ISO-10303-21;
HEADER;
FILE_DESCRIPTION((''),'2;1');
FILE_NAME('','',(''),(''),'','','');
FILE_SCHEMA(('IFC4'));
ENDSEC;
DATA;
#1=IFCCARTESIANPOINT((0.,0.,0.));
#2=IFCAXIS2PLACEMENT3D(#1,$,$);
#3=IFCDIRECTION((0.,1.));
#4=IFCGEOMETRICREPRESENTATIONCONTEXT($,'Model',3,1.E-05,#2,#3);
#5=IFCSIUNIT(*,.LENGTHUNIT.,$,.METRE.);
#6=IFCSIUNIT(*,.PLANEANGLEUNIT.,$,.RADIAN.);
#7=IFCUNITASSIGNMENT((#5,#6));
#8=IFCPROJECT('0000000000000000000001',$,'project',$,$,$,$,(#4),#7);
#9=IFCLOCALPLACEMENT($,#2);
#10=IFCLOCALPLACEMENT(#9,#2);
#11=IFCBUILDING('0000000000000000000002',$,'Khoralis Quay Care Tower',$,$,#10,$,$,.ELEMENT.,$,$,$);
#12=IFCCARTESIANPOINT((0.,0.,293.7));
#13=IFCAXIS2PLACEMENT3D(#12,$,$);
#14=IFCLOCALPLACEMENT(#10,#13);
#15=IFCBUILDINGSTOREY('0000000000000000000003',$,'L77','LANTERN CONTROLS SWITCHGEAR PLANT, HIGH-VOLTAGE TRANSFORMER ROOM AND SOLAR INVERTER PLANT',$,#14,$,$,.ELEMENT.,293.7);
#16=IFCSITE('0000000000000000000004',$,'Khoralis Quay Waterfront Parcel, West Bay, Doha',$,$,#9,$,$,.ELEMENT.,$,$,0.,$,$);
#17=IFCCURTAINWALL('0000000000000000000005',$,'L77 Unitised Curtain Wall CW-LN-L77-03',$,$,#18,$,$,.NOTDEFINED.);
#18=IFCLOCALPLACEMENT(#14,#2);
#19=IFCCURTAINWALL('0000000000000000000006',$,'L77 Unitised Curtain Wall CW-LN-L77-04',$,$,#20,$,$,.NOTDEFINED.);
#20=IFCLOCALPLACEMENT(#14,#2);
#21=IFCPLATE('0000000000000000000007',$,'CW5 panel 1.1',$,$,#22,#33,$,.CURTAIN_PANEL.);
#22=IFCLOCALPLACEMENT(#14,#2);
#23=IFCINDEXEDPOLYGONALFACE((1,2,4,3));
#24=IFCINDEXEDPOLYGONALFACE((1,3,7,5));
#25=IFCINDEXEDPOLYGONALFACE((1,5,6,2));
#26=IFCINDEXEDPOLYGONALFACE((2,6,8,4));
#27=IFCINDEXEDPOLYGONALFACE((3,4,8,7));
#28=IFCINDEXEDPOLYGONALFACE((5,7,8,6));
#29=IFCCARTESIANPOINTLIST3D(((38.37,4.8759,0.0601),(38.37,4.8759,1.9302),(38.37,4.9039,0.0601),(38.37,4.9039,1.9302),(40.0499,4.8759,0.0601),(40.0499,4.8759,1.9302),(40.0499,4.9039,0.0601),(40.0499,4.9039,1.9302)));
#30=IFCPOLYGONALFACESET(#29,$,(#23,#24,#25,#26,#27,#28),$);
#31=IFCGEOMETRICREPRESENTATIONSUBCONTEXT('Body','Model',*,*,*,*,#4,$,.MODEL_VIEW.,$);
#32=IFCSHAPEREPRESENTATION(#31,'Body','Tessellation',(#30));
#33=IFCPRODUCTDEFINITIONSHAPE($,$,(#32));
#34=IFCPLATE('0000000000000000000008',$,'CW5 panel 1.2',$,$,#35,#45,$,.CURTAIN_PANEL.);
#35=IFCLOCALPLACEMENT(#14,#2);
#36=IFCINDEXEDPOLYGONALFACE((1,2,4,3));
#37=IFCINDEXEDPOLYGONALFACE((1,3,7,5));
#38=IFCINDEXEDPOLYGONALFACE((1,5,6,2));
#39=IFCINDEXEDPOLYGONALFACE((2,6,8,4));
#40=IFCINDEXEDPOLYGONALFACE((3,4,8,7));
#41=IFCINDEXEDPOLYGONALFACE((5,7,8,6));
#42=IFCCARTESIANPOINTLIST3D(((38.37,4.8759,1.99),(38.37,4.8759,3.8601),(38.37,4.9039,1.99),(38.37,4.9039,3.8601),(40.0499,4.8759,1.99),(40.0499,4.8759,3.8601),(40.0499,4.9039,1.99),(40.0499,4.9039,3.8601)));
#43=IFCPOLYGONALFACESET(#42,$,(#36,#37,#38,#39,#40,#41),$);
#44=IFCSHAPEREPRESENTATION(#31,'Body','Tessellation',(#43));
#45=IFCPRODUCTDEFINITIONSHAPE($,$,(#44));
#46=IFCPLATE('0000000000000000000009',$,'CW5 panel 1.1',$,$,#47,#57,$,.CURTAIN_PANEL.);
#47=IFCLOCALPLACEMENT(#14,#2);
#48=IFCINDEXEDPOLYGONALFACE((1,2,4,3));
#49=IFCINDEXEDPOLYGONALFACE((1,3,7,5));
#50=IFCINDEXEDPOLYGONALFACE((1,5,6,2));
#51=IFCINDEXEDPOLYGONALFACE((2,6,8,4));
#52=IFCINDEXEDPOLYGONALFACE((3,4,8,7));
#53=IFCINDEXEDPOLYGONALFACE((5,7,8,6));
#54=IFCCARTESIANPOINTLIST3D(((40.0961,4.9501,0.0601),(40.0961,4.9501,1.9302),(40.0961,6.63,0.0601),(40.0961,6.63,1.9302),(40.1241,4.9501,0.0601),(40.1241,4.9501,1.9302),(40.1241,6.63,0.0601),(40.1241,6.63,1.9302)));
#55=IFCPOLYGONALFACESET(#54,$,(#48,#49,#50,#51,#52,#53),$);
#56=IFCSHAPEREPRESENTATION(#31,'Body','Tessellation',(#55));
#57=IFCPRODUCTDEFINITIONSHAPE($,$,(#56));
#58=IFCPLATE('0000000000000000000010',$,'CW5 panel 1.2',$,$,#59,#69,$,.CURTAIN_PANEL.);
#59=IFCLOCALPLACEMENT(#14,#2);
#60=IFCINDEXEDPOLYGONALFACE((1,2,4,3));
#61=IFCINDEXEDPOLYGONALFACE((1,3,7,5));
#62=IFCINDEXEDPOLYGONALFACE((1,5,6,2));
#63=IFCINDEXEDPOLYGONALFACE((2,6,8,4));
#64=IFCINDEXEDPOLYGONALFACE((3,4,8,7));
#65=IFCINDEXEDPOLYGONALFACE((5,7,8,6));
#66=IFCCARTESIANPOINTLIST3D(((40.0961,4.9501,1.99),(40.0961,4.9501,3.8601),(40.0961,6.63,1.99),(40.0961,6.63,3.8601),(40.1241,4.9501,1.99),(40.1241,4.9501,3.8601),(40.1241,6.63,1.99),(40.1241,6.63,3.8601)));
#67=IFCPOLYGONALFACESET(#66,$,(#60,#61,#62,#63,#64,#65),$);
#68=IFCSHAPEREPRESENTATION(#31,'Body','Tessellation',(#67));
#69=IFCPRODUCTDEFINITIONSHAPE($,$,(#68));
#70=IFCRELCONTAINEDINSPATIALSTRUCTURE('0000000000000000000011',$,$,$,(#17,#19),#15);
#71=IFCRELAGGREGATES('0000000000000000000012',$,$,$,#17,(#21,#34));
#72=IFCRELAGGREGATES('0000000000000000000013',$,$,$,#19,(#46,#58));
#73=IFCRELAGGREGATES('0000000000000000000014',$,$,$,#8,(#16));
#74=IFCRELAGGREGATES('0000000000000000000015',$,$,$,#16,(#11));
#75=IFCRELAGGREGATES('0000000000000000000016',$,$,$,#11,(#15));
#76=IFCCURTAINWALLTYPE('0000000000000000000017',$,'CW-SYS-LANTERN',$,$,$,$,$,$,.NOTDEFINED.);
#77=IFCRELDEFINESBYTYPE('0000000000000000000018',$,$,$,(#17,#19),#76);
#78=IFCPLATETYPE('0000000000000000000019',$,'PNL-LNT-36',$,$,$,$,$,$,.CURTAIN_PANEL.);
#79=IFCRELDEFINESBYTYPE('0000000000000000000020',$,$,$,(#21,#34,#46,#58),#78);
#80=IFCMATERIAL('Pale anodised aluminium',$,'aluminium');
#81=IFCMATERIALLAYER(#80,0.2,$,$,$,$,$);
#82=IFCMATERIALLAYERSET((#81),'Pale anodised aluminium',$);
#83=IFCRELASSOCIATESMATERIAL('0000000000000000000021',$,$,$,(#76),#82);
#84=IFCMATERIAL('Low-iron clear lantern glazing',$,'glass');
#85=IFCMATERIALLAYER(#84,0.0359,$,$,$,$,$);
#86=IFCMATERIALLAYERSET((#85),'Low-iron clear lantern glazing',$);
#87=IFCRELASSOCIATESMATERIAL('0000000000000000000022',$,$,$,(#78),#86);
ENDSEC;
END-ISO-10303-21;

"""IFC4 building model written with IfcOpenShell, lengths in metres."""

from ifc_helpers import new_model, si_unit, direction, frame, origin, origin_2d, place, context, subcontext, project, spatial, rectangle, extrude, source, transform, mapped, material, layer, layer_set, type_object, element, aggregate, save


model = new_model("IFC4")

# Units and contexts
model_context = context("Model", 3, precision=1e-05, world=origin(), true_north=direction((0.0, 1.0)))
body_context = subcontext(model_context, "Body", "Model", "MODEL_VIEW")
ifc_project = project(units=[si_unit("LENGTHUNIT", "METRE"), si_unit("PLANEANGLEUNIT", "RADIAN")], contexts=[model_context])

# Site, building, storey
site_placement = place(None, origin())
site = spatial("IfcSite", under=ifc_project, at=site_placement, Name="Khoralis Quay Waterfront Parcel, West Bay, Doha", CompositionType="ELEMENT", RefElevation=0.0)
building_placement = place(site_placement, origin())
building = spatial("IfcBuilding", under=site, at=building_placement, Name="Khoralis Quay Care Tower", CompositionType="ELEMENT")
storey_placement = place(building_placement, frame((0.0, 0.0, 293.7)))
storey = spatial("IfcBuildingStorey", under=building, at=storey_placement, Name="L77", Description="LANTERN CONTROLS SWITCHGEAR PLANT, HIGH-VOLTAGE TRANSFORMER ROOM AND SOLAR INVERTER PLANT", CompositionType="ELEMENT", Elevation=293.7)

# Shared definitions
ifc_material_1 = material(Name="Pale anodised aluminium", Category="aluminium")
ifc_layer_1 = layer(ifc_material_1, 0.2)
ifc_layer_set_1 = layer_set([ifc_layer_1], Name="Pale anodised aluminium")
curtain_wall_type = type_object("IfcCurtainWallType", Name="CW-SYS-LANTERN", PredefinedType="NOTDEFINED", material=ifc_layer_set_1)

# Curtain walls
curtain_wall_1_placement = place(storey_placement, origin())
curtain_wall_1 = element("IfcCurtainWall", 1, at=curtain_wall_1_placement, inside=storey, type_object=curtain_wall_type, Name="L77 Unitised Curtain Wall CW-LN-L77-03", PredefinedType="NOTDEFINED")
curtain_wall_2_placement = place(storey_placement, origin())
curtain_wall_2 = element("IfcCurtainWall", 2, at=curtain_wall_2_placement, inside=storey, type_object=curtain_wall_type, Name="L77 Unitised Curtain Wall CW-LN-L77-04", PredefinedType="NOTDEFINED")

# Plates
ifc_material_2 = material(Name="Low-iron clear lantern glazing", Category="glass")
ifc_layer_2 = layer(ifc_material_2, 0.0359)
ifc_layer_set_2 = layer_set([ifc_layer_2], Name="Low-iron clear lantern glazing")
plate_type = type_object("IfcPlateType", Name="PNL-LNT-36", PredefinedType="CURTAIN_PANEL", material=ifc_layer_set_2)
shared_shape_1 = source(origin(), body_context, "Body", "SweptSolid", [
    extrude(rectangle(XDim=1.6799, YDim=0.0281, at=origin_2d()), origin(), (0.0, 0.0, 1.0), 1.8701),
])
plate_1_placement = place(storey_placement, frame((39.21, 4.8899, 0.0601), z_axis=(0.0, 0.0, 1.0), x_axis=(1.0, 0.0, 0.0)))
plate_1 = element("IfcPlate", 3, at=plate_1_placement, type_object=plate_type, Name="CW5 panel 1.1", PredefinedType="CURTAIN_PANEL", context=body_context, shape_type="MappedRepresentation", body=[
    mapped(shared_shape_1, transform((0.0, 0.0, 0.0), scale=1.0)),
])
plate_2_placement = place(storey_placement, frame((39.21, 4.8899, 1.99), z_axis=(0.0, 0.0, 1.0), x_axis=(1.0, 0.0, 0.0)))
plate_2 = element("IfcPlate", 4, at=plate_2_placement, type_object=plate_type, Name="CW5 panel 1.2", PredefinedType="CURTAIN_PANEL", context=body_context, shape_type="MappedRepresentation", body=[
    mapped(shared_shape_1, transform((0.0, 0.0, 0.0), scale=1.0)),
])
aggregate(curtain_wall_1, [plate_1, plate_2])
plate_3_placement = place(storey_placement, frame((40.1101, 5.79, 0.0601), z_axis=(0.0, 0.0, 1.0), x_axis=(0.0, 1.0, 0.0)))
plate_3 = element("IfcPlate", 5, at=plate_3_placement, type_object=plate_type, Name="CW5 panel 1.1", PredefinedType="CURTAIN_PANEL", context=body_context, shape_type="MappedRepresentation", body=[
    mapped(shared_shape_1, transform((0.0, 0.0, 0.0), scale=1.0)),
])
plate_4_placement = place(storey_placement, frame((40.1101, 5.79, 1.99), z_axis=(0.0, 0.0, 1.0), x_axis=(0.0, 1.0, 0.0)))
plate_4 = element("IfcPlate", 6, at=plate_4_placement, type_object=plate_type, Name="CW5 panel 1.2", PredefinedType="CURTAIN_PANEL", context=body_context, shape_type="MappedRepresentation", body=[
    mapped(shared_shape_1, transform((0.0, 0.0, 0.0), scale=1.0)),
])
aggregate(curtain_wall_2, [plate_3, plate_4])

save(model, "model.ifc")
